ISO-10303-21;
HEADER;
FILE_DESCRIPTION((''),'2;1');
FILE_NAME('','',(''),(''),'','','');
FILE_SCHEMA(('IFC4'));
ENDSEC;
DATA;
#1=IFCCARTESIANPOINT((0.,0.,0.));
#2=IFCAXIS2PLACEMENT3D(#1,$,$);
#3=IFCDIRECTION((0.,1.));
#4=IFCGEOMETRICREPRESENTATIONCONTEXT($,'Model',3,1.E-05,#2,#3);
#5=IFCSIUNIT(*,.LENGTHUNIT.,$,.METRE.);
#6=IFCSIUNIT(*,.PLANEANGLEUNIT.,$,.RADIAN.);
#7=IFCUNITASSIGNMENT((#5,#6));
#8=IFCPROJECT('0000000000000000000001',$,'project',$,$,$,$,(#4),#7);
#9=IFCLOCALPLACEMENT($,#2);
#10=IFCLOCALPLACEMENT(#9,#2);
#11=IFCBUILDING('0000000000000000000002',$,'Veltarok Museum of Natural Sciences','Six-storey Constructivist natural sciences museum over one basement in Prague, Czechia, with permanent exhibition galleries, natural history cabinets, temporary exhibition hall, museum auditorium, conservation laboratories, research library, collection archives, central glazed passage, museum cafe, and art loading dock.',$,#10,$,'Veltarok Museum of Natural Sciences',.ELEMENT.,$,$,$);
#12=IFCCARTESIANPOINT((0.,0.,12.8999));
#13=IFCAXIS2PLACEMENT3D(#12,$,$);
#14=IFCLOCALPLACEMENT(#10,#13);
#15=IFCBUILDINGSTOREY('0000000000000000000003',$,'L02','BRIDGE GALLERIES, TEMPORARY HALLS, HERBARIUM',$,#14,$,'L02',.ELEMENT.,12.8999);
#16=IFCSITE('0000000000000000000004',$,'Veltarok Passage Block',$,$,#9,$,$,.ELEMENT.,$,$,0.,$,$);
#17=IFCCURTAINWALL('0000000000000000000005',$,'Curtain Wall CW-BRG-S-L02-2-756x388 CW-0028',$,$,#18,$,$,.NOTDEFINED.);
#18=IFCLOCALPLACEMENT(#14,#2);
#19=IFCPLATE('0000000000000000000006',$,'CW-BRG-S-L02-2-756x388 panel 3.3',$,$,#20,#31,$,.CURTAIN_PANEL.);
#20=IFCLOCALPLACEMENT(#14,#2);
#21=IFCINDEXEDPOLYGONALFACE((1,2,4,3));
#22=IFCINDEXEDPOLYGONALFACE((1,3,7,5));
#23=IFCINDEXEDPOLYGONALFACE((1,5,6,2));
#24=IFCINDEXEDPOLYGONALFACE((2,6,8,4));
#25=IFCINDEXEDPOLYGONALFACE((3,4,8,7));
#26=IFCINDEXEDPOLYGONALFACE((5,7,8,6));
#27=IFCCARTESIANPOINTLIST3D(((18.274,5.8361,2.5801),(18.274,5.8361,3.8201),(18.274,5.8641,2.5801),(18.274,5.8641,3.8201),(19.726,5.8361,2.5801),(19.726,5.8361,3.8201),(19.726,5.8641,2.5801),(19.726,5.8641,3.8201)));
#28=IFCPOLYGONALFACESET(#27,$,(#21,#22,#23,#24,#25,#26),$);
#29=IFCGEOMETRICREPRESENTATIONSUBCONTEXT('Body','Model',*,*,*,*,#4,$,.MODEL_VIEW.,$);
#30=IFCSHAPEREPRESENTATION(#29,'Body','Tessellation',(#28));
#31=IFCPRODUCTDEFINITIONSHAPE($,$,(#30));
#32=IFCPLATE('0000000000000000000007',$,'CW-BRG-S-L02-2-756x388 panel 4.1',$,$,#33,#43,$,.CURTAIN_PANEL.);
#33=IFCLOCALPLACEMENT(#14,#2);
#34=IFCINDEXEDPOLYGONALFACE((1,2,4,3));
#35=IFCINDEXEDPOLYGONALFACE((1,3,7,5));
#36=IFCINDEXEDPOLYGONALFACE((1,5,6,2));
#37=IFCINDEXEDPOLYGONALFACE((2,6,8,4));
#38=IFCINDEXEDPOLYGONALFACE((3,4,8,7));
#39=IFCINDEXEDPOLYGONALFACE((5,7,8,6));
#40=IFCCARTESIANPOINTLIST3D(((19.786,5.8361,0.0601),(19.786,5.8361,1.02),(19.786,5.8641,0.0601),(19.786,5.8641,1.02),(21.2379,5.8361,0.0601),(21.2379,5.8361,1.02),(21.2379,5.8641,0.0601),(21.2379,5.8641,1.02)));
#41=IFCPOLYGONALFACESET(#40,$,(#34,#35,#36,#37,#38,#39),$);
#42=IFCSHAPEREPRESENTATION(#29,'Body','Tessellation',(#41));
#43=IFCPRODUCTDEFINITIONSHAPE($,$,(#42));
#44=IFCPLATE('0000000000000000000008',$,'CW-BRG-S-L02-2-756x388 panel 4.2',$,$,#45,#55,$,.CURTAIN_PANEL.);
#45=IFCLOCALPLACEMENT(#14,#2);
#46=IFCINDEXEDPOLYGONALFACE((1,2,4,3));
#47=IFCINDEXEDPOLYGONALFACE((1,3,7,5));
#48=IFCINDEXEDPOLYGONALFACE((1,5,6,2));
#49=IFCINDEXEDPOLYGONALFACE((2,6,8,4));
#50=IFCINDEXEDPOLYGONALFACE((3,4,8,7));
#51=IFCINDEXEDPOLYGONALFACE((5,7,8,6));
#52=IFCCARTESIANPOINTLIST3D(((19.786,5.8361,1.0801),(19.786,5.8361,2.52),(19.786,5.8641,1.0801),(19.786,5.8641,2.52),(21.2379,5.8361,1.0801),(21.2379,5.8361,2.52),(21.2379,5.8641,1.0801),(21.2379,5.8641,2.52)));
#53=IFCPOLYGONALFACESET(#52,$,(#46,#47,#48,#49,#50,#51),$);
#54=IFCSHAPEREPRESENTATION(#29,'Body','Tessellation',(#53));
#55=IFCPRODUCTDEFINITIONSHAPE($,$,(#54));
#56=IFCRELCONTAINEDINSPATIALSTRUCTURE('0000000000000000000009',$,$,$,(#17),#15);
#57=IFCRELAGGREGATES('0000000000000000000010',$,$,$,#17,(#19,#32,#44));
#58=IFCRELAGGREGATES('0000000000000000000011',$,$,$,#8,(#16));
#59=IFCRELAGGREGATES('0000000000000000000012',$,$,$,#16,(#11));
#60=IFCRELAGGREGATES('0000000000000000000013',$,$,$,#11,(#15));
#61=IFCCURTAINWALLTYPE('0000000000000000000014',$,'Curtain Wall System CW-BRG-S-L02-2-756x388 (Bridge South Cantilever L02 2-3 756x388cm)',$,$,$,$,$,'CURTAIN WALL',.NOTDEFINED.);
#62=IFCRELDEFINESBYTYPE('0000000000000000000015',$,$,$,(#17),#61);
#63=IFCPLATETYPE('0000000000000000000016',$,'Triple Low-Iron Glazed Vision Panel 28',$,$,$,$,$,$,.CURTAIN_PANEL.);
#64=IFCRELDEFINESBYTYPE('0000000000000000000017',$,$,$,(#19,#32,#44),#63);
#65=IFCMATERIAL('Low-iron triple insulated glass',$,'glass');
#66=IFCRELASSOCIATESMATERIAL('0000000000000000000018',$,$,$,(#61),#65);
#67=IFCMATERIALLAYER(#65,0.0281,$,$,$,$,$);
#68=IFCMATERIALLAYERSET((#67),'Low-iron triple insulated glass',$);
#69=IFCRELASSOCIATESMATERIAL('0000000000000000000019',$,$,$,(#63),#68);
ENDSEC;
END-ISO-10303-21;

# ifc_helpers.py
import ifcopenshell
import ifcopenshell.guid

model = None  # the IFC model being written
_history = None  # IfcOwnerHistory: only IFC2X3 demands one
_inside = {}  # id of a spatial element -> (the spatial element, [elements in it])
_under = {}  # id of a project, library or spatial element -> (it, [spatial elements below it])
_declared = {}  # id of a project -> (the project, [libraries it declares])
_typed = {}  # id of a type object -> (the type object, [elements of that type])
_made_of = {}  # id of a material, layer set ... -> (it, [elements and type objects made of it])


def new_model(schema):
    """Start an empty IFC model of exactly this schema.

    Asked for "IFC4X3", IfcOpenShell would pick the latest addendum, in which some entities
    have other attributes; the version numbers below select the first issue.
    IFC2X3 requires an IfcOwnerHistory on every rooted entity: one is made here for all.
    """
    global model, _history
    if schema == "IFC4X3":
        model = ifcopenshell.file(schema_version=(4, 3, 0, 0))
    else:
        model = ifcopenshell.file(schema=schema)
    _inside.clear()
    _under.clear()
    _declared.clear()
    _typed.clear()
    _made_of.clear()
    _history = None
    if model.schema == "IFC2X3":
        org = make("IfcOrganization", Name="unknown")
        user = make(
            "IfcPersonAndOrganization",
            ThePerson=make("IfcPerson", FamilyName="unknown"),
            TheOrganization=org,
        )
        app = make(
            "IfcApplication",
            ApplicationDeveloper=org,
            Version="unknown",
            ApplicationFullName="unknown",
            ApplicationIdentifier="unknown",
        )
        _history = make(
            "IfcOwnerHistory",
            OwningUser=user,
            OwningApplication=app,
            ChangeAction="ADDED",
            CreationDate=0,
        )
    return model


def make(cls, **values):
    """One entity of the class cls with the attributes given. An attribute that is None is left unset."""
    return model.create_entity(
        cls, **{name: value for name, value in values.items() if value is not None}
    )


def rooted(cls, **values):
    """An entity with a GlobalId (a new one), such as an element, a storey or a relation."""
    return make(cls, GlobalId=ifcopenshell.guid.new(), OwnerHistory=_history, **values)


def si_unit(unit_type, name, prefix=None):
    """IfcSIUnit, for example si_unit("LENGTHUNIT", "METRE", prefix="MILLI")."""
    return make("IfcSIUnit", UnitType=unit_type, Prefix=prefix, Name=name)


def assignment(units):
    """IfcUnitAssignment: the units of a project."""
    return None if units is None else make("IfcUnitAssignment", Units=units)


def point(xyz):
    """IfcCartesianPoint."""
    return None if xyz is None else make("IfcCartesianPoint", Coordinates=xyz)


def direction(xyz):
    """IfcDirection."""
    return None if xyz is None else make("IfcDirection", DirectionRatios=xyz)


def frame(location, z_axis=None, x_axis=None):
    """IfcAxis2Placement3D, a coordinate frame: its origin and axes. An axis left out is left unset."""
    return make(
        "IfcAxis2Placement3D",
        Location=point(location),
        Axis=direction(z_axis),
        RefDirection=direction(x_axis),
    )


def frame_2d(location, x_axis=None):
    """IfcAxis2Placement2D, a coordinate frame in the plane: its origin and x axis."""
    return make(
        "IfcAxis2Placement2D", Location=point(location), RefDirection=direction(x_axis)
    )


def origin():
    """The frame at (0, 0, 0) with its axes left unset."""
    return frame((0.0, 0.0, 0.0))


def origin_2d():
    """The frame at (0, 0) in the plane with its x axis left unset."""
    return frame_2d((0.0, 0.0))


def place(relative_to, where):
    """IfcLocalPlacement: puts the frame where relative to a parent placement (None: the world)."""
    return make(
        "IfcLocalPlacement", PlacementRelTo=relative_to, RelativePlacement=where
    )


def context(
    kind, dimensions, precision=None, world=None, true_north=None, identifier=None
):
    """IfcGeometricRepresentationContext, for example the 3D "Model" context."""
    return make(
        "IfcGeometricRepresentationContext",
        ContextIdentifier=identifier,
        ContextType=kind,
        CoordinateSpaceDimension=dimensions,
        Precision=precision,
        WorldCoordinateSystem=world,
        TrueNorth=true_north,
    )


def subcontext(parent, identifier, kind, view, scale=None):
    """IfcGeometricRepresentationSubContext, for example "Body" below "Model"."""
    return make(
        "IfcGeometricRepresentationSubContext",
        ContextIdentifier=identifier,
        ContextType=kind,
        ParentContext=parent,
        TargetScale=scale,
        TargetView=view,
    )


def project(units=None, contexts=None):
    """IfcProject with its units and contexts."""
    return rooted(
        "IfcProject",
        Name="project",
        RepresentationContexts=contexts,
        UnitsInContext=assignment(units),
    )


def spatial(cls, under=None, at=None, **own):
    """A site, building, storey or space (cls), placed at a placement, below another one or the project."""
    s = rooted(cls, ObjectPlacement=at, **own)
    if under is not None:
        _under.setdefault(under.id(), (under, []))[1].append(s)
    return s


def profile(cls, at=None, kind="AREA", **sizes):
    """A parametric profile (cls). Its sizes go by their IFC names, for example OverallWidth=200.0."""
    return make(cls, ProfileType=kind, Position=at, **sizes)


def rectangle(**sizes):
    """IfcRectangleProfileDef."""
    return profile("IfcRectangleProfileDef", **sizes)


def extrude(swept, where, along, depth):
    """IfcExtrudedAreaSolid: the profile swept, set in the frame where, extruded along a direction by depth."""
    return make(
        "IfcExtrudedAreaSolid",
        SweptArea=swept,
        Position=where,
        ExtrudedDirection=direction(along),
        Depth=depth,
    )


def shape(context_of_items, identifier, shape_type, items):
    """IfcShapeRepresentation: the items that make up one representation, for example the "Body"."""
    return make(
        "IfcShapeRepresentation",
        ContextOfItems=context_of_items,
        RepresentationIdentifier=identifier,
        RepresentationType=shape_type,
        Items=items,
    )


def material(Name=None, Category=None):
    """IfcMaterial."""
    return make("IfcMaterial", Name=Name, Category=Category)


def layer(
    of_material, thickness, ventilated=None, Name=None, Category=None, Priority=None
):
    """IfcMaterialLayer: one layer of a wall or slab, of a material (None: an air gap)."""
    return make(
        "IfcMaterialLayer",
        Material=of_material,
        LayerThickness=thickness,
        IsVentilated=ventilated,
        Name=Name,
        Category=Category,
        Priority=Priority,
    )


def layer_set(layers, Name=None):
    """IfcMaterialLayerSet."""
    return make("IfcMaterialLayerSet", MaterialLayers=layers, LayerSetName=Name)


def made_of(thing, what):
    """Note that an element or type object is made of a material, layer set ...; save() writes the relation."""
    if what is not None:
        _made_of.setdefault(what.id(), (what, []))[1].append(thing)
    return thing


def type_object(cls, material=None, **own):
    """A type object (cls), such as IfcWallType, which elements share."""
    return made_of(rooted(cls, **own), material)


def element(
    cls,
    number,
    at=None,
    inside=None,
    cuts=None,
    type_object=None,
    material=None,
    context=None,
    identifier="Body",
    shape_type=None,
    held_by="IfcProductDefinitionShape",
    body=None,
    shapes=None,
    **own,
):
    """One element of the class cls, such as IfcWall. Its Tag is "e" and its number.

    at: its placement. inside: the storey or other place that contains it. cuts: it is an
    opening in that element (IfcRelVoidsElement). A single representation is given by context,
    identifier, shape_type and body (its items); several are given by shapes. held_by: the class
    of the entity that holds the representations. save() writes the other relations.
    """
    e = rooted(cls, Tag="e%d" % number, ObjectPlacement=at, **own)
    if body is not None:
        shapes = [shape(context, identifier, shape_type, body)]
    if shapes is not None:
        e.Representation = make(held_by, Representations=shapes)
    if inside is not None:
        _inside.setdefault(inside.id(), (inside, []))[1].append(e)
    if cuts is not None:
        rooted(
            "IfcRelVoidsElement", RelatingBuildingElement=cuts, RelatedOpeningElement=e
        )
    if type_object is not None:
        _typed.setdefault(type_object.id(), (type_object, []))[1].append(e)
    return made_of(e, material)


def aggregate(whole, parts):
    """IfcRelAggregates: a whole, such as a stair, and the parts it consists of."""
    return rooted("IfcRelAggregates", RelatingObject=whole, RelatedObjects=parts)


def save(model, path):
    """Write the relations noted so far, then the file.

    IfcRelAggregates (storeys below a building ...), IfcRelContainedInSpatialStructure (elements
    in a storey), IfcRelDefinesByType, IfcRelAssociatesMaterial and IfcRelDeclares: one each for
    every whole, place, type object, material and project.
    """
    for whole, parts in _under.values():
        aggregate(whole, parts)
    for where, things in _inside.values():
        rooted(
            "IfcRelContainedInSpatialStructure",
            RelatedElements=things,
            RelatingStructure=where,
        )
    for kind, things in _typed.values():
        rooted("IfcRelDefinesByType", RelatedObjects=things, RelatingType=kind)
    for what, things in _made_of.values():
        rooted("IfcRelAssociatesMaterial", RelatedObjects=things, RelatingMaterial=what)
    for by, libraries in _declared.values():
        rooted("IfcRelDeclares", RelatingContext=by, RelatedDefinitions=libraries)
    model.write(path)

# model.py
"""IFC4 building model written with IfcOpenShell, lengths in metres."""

from ifc_helpers import new_model, si_unit, direction, frame, origin, origin_2d, place, context, subcontext, project, spatial, rectangle, extrude, material, layer, layer_set, type_object, element, aggregate, save


model = new_model("IFC4")

# Units and contexts
model_context = context("Model", 3, precision=1e-05, world=origin(), true_north=direction((0.0, 1.0)))
body_context = subcontext(model_context, "Body", "Model", "MODEL_VIEW")
ifc_project = project(units=[si_unit("LENGTHUNIT", "METRE"), si_unit("PLANEANGLEUNIT", "RADIAN")], contexts=[model_context])

# Site, building, storey
site_placement = place(None, origin())
site = spatial("IfcSite", under=ifc_project, at=site_placement, Name="Veltarok Passage Block", CompositionType="ELEMENT", RefElevation=0.0)
building_placement = place(site_placement, origin())
building = spatial("IfcBuilding", under=site, at=building_placement, Name="Veltarok Museum of Natural Sciences", Description="Six-storey Constructivist natural sciences museum over one basement in Prague, Czechia, with permanent exhibition galleries, natural history cabinets, temporary exhibition hall, museum auditorium, conservation laboratories, research library, collection archives, central glazed passage, museum cafe, and art loading dock.", LongName="Veltarok Museum of Natural Sciences", CompositionType="ELEMENT")
storey_placement = place(building_placement, frame((0.0, 0.0, 12.8999)))
storey = spatial("IfcBuildingStorey", under=building, at=storey_placement, Name="L02", Description="BRIDGE GALLERIES, TEMPORARY HALLS, HERBARIUM", LongName="L02", CompositionType="ELEMENT", Elevation=12.8999)

# Curtain wall
ifc_material_1 = material(Name="Low-iron triple insulated glass", Category="glass")
curtain_wall_type = type_object("IfcCurtainWallType", Name="Curtain Wall System CW-BRG-S-L02-2-756x388 (Bridge South Cantilever L02 2-3 756x388cm)", ElementType="CURTAIN WALL", PredefinedType="NOTDEFINED", material=ifc_material_1)
curtain_wall_placement = place(storey_placement, origin())
curtain_wall = element("IfcCurtainWall", 1, at=curtain_wall_placement, inside=storey, type_object=curtain_wall_type, Name="Curtain Wall CW-BRG-S-L02-2-756x388 CW-0028", PredefinedType="NOTDEFINED")

# Plates
ifc_layer = layer(ifc_material_1, 0.0281)
ifc_layer_set = layer_set([ifc_layer], Name="Low-iron triple insulated glass")
plate_type = type_object("IfcPlateType", Name="Triple Low-Iron Glazed Vision Panel 28", PredefinedType="CURTAIN_PANEL", material=ifc_layer_set)
plate_1_placement = place(storey_placement, frame((19.0, 5.8501, 2.5801), z_axis=(0.0, 0.0, 1.0), x_axis=(1.0, 0.0, 0.0)))
plate_1 = element("IfcPlate", 2, at=plate_1_placement, type_object=plate_type, Name="CW-BRG-S-L02-2-756x388 panel 3.3", PredefinedType="CURTAIN_PANEL", context=body_context, shape_type="SweptSolid", body=[
    extrude(rectangle(XDim=1.4519, YDim=0.0281, at=origin_2d()), origin(), (0.0, 0.0, 1.0), 1.24),
])
plate_2_placement = place(storey_placement, frame((20.512, 5.8501, 0.0601), z_axis=(0.0, 0.0, 1.0), x_axis=(1.0, 0.0, 0.0)))
plate_2 = element("IfcPlate", 3, at=plate_2_placement, type_object=plate_type, Name="CW-BRG-S-L02-2-756x388 panel 4.1", PredefinedType="CURTAIN_PANEL", context=body_context, shape_type="SweptSolid", body=[
    extrude(rectangle(XDim=1.4519, YDim=0.0281, at=origin_2d()), origin(), (0.0, 0.0, 1.0), 0.96),
])
plate_3_placement = place(storey_placement, frame((20.512, 5.8501, 1.0801), z_axis=(0.0, 0.0, 1.0), x_axis=(1.0, 0.0, 0.0)))
plate_3 = element("IfcPlate", 4, at=plate_3_placement, type_object=plate_type, Name="CW-BRG-S-L02-2-756x388 panel 4.2", PredefinedType="CURTAIN_PANEL", context=body_context, shape_type="SweptSolid", body=[
    extrude(rectangle(XDim=1.4519, YDim=0.0281, at=origin_2d()), origin(), (0.0, 0.0, 1.0), 1.4399),
])
aggregate(curtain_wall, [plate_1, plate_2, plate_3])

save(model, "model.ifc")
